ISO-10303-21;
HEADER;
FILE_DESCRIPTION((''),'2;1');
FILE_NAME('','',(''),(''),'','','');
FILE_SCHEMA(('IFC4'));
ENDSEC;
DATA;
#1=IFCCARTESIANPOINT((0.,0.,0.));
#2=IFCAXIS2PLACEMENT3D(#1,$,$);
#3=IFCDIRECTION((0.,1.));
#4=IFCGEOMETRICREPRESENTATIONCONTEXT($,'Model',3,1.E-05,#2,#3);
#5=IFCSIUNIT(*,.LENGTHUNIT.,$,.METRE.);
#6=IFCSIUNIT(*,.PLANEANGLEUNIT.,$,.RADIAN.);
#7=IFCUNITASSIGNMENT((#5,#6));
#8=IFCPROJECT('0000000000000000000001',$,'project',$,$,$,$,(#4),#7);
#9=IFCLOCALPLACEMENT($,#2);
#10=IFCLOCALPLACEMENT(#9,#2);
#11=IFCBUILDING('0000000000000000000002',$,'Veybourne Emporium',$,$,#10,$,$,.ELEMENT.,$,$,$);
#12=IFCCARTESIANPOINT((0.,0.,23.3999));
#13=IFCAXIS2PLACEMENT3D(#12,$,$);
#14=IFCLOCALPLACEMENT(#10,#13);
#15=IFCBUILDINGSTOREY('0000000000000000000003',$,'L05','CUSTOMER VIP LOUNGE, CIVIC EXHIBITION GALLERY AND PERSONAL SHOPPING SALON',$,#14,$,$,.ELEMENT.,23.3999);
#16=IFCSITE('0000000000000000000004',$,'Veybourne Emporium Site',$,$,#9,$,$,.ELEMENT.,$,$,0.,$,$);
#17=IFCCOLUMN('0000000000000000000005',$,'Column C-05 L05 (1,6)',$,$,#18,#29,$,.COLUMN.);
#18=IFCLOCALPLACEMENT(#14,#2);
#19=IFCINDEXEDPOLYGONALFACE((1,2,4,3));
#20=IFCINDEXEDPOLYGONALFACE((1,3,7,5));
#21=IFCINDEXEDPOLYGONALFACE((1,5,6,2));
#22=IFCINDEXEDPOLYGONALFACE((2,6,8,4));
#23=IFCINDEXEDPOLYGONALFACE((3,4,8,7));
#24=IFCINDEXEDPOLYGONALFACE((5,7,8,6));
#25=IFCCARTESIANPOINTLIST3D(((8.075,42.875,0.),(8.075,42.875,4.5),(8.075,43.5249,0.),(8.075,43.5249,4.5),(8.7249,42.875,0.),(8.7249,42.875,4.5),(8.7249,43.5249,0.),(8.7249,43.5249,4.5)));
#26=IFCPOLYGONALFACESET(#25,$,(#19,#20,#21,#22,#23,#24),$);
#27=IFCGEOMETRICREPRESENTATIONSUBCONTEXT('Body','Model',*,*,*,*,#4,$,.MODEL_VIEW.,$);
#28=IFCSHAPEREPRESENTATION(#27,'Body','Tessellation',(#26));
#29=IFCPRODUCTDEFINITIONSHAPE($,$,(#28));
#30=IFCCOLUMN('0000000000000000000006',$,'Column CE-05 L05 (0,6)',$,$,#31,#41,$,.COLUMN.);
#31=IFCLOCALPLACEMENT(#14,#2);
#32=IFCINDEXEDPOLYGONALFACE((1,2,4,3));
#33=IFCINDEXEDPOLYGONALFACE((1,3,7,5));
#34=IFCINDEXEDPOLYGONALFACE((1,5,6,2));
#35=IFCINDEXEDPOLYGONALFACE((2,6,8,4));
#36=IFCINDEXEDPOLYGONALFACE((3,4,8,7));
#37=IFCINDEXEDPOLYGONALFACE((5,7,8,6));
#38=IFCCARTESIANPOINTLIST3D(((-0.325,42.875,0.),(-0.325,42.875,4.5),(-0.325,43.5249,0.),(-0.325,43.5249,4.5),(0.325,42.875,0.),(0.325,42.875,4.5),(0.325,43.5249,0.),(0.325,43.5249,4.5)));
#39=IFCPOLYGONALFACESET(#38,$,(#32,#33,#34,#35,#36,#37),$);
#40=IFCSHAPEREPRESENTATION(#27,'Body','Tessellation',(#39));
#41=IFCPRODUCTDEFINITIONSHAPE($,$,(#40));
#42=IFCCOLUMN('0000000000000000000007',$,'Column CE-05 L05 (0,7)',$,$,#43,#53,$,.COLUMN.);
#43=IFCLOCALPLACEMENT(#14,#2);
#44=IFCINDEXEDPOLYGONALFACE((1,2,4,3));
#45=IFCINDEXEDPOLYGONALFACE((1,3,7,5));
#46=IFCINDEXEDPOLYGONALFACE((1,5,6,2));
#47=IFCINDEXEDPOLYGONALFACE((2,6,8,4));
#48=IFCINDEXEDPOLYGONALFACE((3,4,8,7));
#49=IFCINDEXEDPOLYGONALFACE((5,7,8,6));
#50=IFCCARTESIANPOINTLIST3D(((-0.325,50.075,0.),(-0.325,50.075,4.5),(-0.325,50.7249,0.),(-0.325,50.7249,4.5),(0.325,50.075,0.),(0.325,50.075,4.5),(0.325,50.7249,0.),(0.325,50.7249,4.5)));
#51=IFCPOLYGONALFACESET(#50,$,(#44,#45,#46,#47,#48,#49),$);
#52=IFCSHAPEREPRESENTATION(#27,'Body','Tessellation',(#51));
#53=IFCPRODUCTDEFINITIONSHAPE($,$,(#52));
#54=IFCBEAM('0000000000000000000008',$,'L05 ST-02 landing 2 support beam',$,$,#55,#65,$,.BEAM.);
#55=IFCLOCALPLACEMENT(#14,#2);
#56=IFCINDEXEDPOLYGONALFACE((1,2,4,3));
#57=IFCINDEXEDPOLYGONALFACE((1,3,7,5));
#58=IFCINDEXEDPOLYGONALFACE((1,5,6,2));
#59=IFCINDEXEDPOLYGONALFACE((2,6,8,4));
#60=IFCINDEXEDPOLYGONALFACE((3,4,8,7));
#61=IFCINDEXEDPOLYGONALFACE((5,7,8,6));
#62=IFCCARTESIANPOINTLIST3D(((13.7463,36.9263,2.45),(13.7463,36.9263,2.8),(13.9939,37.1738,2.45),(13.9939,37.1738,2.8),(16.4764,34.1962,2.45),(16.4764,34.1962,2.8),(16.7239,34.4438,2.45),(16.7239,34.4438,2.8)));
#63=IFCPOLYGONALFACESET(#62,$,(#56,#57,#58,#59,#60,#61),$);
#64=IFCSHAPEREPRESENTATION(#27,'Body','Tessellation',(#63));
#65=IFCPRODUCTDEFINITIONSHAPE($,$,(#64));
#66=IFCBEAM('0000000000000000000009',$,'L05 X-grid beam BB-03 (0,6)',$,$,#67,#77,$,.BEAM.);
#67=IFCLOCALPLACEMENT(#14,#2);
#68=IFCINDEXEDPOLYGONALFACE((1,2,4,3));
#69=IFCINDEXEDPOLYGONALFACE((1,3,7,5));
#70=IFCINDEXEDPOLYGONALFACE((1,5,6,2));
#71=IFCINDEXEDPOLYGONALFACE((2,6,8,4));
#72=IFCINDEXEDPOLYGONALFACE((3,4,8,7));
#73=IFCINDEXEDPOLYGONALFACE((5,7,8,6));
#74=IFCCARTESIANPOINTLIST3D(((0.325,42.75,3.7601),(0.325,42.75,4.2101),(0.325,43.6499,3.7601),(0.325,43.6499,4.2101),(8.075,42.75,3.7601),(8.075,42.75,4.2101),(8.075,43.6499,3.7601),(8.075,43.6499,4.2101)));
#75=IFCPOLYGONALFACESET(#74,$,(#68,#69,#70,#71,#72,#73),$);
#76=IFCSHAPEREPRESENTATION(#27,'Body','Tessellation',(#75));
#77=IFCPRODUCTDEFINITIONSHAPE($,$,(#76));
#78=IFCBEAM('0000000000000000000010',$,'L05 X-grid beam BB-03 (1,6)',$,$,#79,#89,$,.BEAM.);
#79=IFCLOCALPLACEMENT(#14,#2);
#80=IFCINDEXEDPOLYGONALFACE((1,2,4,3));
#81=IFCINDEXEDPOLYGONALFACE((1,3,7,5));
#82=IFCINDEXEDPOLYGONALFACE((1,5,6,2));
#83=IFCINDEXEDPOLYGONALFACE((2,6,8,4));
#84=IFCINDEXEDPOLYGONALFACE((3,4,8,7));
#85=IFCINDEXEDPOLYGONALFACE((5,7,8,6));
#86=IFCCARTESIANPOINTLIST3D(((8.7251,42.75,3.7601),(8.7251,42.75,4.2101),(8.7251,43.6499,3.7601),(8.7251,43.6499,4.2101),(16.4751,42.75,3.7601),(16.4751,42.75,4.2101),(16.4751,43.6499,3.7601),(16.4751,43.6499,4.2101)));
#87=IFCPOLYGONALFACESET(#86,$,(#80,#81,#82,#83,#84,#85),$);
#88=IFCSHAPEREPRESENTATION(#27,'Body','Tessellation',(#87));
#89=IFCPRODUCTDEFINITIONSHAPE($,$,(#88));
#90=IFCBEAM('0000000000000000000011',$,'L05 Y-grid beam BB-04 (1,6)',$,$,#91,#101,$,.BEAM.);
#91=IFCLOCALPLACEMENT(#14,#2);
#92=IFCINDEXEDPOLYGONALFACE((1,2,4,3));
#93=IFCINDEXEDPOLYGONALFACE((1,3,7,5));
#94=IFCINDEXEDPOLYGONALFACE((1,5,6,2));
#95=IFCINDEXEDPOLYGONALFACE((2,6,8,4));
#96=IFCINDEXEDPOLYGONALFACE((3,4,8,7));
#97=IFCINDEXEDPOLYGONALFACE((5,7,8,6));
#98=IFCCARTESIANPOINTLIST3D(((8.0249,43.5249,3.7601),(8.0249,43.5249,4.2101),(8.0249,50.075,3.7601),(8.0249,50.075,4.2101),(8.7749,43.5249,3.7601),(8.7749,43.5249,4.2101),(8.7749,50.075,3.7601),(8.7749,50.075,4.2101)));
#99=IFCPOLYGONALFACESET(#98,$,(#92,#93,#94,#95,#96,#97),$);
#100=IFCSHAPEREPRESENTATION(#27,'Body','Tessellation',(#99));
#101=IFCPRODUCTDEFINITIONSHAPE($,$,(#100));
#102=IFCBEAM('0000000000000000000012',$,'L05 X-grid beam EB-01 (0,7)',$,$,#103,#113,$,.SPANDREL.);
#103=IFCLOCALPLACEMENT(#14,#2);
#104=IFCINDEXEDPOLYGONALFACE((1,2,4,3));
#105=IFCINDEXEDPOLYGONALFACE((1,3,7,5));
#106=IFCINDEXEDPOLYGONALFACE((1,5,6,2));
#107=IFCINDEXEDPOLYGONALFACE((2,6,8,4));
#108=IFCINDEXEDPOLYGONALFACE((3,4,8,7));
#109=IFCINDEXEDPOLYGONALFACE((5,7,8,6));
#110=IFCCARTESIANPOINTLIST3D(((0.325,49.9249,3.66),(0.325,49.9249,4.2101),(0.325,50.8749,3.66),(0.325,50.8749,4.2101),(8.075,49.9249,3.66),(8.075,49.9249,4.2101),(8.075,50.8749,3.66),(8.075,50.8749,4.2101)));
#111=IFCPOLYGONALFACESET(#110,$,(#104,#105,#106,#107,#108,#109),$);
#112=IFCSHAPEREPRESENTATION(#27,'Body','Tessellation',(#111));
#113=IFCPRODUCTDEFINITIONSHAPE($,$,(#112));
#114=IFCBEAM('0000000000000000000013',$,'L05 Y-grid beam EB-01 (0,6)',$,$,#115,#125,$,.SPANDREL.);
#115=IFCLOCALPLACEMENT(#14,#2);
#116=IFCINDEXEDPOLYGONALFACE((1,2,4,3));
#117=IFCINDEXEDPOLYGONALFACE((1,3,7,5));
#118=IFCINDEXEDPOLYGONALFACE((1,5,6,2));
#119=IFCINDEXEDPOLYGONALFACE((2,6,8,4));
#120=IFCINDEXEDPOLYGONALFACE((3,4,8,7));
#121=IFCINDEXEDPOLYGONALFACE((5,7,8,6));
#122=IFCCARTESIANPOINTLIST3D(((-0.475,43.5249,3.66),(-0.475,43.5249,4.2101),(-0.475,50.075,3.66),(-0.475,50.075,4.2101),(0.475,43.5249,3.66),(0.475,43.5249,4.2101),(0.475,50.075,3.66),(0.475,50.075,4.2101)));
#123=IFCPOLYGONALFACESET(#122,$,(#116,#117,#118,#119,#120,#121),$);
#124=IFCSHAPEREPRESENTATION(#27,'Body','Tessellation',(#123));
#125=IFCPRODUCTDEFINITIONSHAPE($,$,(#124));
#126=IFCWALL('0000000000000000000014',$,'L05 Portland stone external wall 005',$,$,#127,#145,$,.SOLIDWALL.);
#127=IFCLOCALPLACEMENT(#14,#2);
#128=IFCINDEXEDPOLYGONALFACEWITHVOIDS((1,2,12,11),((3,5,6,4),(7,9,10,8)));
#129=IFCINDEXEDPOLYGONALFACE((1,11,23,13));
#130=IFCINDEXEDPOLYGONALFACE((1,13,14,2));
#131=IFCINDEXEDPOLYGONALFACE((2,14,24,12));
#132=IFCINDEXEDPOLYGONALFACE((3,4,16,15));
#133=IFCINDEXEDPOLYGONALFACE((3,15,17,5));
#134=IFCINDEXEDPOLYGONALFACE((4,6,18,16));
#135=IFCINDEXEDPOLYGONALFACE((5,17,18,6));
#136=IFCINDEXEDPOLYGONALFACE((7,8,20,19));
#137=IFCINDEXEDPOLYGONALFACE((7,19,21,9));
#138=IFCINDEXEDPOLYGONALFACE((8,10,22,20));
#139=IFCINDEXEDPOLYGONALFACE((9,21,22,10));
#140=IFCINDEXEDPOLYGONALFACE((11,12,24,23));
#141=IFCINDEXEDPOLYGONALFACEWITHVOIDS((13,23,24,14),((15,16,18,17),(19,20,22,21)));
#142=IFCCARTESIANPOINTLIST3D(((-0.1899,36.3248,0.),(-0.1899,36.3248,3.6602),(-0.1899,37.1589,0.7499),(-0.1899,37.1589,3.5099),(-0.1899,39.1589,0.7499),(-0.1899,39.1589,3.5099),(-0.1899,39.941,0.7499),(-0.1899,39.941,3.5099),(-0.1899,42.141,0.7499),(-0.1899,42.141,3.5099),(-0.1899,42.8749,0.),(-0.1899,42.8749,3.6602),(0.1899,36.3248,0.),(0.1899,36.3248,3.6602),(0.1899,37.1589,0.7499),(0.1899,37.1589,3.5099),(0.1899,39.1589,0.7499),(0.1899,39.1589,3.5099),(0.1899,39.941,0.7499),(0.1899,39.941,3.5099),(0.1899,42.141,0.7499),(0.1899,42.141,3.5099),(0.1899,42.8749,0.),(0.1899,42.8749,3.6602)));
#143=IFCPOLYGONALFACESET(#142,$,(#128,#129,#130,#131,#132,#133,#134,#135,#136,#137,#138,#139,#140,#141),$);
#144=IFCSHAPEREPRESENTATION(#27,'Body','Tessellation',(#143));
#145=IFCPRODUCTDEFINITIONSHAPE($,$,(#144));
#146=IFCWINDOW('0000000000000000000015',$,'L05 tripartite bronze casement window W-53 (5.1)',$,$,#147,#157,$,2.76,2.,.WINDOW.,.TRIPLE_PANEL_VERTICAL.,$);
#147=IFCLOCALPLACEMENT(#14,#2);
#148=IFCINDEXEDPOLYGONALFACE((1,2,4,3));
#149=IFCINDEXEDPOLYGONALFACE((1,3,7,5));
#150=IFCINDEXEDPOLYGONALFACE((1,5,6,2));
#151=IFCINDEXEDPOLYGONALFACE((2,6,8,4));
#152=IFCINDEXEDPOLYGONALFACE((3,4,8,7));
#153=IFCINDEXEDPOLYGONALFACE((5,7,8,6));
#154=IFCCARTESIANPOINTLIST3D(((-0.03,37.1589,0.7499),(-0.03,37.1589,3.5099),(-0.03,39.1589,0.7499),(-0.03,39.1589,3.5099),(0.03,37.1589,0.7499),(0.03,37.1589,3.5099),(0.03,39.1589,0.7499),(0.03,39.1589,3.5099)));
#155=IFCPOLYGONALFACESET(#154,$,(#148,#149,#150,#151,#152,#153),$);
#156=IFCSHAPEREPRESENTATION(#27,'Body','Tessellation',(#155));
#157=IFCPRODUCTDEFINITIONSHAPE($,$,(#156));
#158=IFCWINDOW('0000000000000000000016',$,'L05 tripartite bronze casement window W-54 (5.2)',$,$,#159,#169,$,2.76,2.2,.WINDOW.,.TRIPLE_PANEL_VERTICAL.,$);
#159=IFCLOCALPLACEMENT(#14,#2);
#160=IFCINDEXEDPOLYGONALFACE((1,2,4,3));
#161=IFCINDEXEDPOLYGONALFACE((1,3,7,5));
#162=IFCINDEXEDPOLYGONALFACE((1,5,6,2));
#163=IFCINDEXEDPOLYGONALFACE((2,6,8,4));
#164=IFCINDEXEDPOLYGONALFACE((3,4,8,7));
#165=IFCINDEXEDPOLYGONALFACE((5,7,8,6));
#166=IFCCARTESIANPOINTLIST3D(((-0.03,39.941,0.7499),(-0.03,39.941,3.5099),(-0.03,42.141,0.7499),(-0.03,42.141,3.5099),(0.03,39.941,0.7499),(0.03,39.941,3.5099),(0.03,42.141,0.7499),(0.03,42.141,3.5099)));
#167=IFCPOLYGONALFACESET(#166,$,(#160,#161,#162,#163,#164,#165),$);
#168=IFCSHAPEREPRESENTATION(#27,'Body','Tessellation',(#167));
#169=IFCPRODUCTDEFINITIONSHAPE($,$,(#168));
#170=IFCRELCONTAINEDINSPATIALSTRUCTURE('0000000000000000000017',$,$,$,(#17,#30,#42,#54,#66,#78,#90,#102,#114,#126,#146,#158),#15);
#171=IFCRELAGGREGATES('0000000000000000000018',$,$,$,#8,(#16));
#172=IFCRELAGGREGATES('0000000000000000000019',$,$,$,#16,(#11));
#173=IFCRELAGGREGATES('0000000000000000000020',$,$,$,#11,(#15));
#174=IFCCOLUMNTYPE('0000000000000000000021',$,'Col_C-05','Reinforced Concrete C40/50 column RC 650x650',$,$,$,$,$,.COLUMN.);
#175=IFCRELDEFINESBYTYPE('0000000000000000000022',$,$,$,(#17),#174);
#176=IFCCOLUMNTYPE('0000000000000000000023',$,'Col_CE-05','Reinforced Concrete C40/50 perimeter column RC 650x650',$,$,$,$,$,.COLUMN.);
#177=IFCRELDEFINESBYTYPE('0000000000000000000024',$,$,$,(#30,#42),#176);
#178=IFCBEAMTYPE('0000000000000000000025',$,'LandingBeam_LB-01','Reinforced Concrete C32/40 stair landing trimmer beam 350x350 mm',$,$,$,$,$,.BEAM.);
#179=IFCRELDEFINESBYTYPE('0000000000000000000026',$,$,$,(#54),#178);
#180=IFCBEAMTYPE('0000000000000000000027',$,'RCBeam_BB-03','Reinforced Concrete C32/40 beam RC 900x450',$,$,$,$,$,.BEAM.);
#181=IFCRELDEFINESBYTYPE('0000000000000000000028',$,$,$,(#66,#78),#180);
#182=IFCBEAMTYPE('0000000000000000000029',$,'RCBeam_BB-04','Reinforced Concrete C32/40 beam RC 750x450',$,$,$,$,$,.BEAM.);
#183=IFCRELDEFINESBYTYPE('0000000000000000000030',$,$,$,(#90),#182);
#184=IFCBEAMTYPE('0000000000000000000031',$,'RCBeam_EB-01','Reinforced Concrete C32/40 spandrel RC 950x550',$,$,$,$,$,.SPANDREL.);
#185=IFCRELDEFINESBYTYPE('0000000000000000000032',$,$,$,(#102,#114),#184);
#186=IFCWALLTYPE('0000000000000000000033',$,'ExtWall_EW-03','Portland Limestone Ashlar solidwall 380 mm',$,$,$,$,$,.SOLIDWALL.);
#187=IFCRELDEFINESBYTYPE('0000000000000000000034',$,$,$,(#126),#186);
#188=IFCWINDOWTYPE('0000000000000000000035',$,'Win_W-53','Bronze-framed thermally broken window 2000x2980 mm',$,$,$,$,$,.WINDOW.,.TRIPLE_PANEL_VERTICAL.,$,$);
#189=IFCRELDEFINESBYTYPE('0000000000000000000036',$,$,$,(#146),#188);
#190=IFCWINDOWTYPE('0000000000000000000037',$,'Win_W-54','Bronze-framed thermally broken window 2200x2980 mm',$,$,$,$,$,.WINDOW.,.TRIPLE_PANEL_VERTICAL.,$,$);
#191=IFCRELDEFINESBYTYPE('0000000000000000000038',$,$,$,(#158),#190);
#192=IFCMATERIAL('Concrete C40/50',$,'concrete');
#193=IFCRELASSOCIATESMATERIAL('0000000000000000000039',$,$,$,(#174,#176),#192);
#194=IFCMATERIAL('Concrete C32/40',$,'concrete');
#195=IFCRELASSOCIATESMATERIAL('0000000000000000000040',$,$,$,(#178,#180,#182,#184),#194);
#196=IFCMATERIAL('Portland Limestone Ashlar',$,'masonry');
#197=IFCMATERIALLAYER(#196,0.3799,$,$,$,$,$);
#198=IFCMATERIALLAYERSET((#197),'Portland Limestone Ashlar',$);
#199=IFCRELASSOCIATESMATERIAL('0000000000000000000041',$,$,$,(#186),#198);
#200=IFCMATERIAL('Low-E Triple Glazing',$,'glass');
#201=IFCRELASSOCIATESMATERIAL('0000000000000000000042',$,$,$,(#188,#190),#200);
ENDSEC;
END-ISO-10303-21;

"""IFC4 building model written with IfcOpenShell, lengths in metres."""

from ifc_helpers import new_model, si_unit, direction, frame, frame_2d, origin, origin_2d, place, context, subcontext, project, spatial, rectangle, extrude, material, layer, layer_set, material_profile, profile_set, type_object, element, fill, save


model = new_model("IFC4")

# Units and contexts
model_context = context("Model", 3, precision=1e-05, world=origin(), true_north=direction((0.0, 1.0)))
body_context = subcontext(model_context, "Body", "Model", "MODEL_VIEW")
ifc_project = project(units=[si_unit("LENGTHUNIT", "METRE"), si_unit("PLANEANGLEUNIT", "RADIAN")], contexts=[model_context])

# Site, building, storey
site_placement = place(None, origin())
site = spatial("IfcSite", under=ifc_project, at=site_placement, Name="Veybourne Emporium Site", CompositionType="ELEMENT", RefElevation=0.0)
building_placement = place(site_placement, origin())
building = spatial("IfcBuilding", under=site, at=building_placement, Name="Veybourne Emporium", CompositionType="ELEMENT")
storey_placement = place(building_placement, frame((0.0, 0.0, 23.3999)))
storey = spatial("IfcBuildingStorey", under=building, at=storey_placement, Name="L05", Description="CUSTOMER VIP LOUNGE, CIVIC EXHIBITION GALLERY AND PERSONAL SHOPPING SALON", CompositionType="ELEMENT", Elevation=23.3999)

# Columns
ifc_material_1 = material(Name="Concrete C40/50", Category="concrete")
ifc_material_profile_1 = material_profile(ifc_material_1, rectangle(XDim=0.6499, YDim=0.6499, at=origin_2d()), Name="RC 650x650")
ifc_profile_set_1 = profile_set([ifc_material_profile_1], Name="Concrete C40/50")
column_type_1 = type_object("IfcColumnType", Name="Col_C-05", Description="Reinforced Concrete C40/50 column RC 650x650", PredefinedType="COLUMN", material=ifc_profile_set_1)
column_placement = place(storey_placement, frame((8.3999, 43.2, 0.0), z_axis=(0.0, 0.0, 1.0), x_axis=(1.0, 0.0, 0.0)))
element("IfcColumn", 1, at=column_placement, inside=storey, type_object=column_type_1, Name="Column C-05 L05 (1,6)", PredefinedType="COLUMN", context=body_context, shape_type="SweptSolid", body=[
    extrude(rectangle(XDim=0.6499, YDim=0.6499, at=origin_2d()), origin(), (0.0, 0.0, 1.0), 4.5),
])
ifc_material_profile_2 = material_profile(ifc_material_1, rectangle(XDim=0.6499, YDim=0.6499, at=origin_2d()), Name="RC 650x650")
ifc_profile_set_2 = profile_set([ifc_material_profile_2], Name="Concrete C40/50")
column_type_2 = type_object("IfcColumnType", Name="Col_CE-05", Description="Reinforced Concrete C40/50 perimeter column RC 650x650", PredefinedType="COLUMN", material=ifc_profile_set_2)
for number, where, z_axis, x_axis, name in (
    (2, (0.0, 43.2, 0.0), (0.0, 0.0, 1.0), (1.0, 0.0, 0.0), "Column CE-05 L05 (0,6)"),
    (3, (0.0, 50.3999, 0.0), (0.0, 0.0, 1.0), (1.0, 0.0, 0.0), "Column CE-05 L05 (0,7)"),
):
    element("IfcColumn", number, at=place(storey_placement, frame(where, z_axis=z_axis, x_axis=x_axis)), inside=storey, type_object=column_type_2, Name=name, PredefinedType="COLUMN", context=body_context, shape_type="SweptSolid", body=[
        extrude(rectangle(XDim=0.6499, YDim=0.6499, at=origin_2d()), origin(), (0.0, 0.0, 1.0), 4.5),
    ])

# Beams
ifc_material_2 = material(Name="Concrete C32/40", Category="concrete")
ifc_material_profile_3 = material_profile(ifc_material_2, rectangle(XDim=0.3501, YDim=0.3501, at=origin_2d()), Name="RC 350x350")
ifc_profile_set_3 = profile_set([ifc_material_profile_3], Name="Concrete C32/40")
beam_type_1 = type_object("IfcBeamType", Name="LandingBeam_LB-01", Description="Reinforced Concrete C32/40 stair landing trimmer beam 350x350 mm", PredefinedType="BEAM", material=ifc_profile_set_3)
beam_1_placement = place(storey_placement, frame((13.8701, 37.05, 2.625), z_axis=(0.707107, -0.707107, 0.0), x_axis=(0.707107, 0.707107, 0.0)))
element("IfcBeam", 4, at=beam_1_placement, inside=storey, type_object=beam_type_1, Name="L05 ST-02 landing 2 support beam", PredefinedType="BEAM", context=body_context, shape_type="SweptSolid", body=[
    extrude(rectangle(XDim=0.3501, YDim=0.3501, at=origin_2d()), origin(), (0.0, 0.0, 1.0), 3.8608),
])
ifc_material_profile_4 = material_profile(ifc_material_2, rectangle(XDim=0.8999, YDim=0.45, at=origin_2d()), Name="RC 900x450")
ifc_profile_set_4 = profile_set([ifc_material_profile_4], Name="Concrete C32/40")
beam_type_2 = type_object("IfcBeamType", Name="RCBeam_BB-03", Description="Reinforced Concrete C32/40 beam RC 900x450", PredefinedType="BEAM", material=ifc_profile_set_4)
for number, where, z_axis, x_axis, name in (
    (5, (0.325, 43.2, 3.9851), (1.0, 0.0, 0.0), (0.0, 1.0, 0.0), "L05 X-grid beam BB-03 (0,6)"),
    (6, (8.7251, 43.2, 3.9851), (1.0, 0.0, 0.0), (0.0, 1.0, 0.0), "L05 X-grid beam BB-03 (1,6)"),
):
    element("IfcBeam", number, at=place(storey_placement, frame(where, z_axis=z_axis, x_axis=x_axis)), inside=storey, type_object=beam_type_2, Name=name, PredefinedType="BEAM", context=body_context, shape_type="SweptSolid", body=[
        extrude(rectangle(XDim=0.8999, YDim=0.45, at=origin_2d()), origin(), (0.0, 0.0, 1.0), 7.75),
    ])
ifc_material_profile_5 = material_profile(ifc_material_2, rectangle(XDim=0.75, YDim=0.45, at=origin_2d()), Name="RC 750x450")
ifc_profile_set_5 = profile_set([ifc_material_profile_5], Name="Concrete C32/40")
beam_type_3 = type_object("IfcBeamType", Name="RCBeam_BB-04", Description="Reinforced Concrete C32/40 beam RC 750x450", PredefinedType="BEAM", material=ifc_profile_set_5)
beam_2_placement = place(storey_placement, frame((8.3999, 43.5249, 3.9851), z_axis=(0.0, 1.0, 0.0), x_axis=(-1.0, 0.0, 0.0)))
element("IfcBeam", 7, at=beam_2_placement, inside=storey, type_object=beam_type_3, Name="L05 Y-grid beam BB-04 (1,6)", PredefinedType="BEAM", context=body_context, shape_type="SweptSolid", body=[
    extrude(rectangle(XDim=0.75, YDim=0.45, at=origin_2d()), origin(), (0.0, 0.0, 1.0), 6.55),
])
ifc_material_profile_6 = material_profile(ifc_material_2, rectangle(XDim=0.95, YDim=0.55, at=origin_2d()), Name="RC 950x550")
ifc_profile_set_6 = profile_set([ifc_material_profile_6], Name="Concrete C32/40")
beam_type_4 = type_object("IfcBeamType", Name="RCBeam_EB-01", Description="Reinforced Concrete C32/40 spandrel RC 950x550", PredefinedType="SPANDREL", material=ifc_profile_set_6)
beam_3_placement = place(storey_placement, frame((0.325, 50.3999, 3.9351), z_axis=(1.0, 0.0, 0.0), x_axis=(0.0, 1.0, 0.0)))
element("IfcBeam", 8, at=beam_3_placement, inside=storey, type_object=beam_type_4, Name="L05 X-grid beam EB-01 (0,7)", PredefinedType="SPANDREL", context=body_context, shape_type="SweptSolid", body=[
    extrude(rectangle(XDim=0.95, YDim=0.55, at=origin_2d()), origin(), (0.0, 0.0, 1.0), 7.75),
])
beam_4_placement = place(storey_placement, frame((0.0, 43.5249, 3.9351), z_axis=(0.0, 1.0, 0.0), x_axis=(-1.0, 0.0, 0.0)))
element("IfcBeam", 9, at=beam_4_placement, inside=storey, type_object=beam_type_4, Name="L05 Y-grid beam EB-01 (0,6)", PredefinedType="SPANDREL", context=body_context, shape_type="SweptSolid", body=[
    extrude(rectangle(XDim=0.95, YDim=0.55, at=origin_2d()), origin(), (0.0, 0.0, 1.0), 6.55),
])

# Wall, openings, windows
ifc_material_3 = material(Name="Portland Limestone Ashlar", Category="masonry")
ifc_layer_1 = layer(ifc_material_3, 0.3799)
ifc_layer_set_1 = layer_set([ifc_layer_1], Name="Portland Limestone Ashlar")
wall_type_1 = type_object("IfcWallType", Name="ExtWall_EW-03", Description="Portland Limestone Ashlar solidwall 380 mm", PredefinedType="SOLIDWALL", material=ifc_layer_set_1)
wall_1_placement = place(storey_placement, frame((0.0, 36.325, 0.0), z_axis=(0.0, 0.0, 1.0), x_axis=(0.0, 1.0, 0.0)))
wall_1 = element("IfcWall", 10, at=wall_1_placement, inside=storey, type_object=wall_type_1, Name="L05 Portland stone external wall 005", PredefinedType="SOLIDWALL", context=body_context, shape_type="SweptSolid", body=[
    extrude(rectangle(XDim=6.55, YDim=0.3799, at=frame_2d((3.2749, 0.0))), origin(), (0.0, 0.0, 1.0), 3.6602),
])
opening_1_placement = place(wall_1_placement, frame((0.834, 0.0, 0.75)))
opening_1 = element("IfcOpeningElement", 11, at=opening_1_placement, cuts=wall_1, PredefinedType="OPENING", context=body_context, shape_type="SweptSolid", body=[
    extrude(rectangle(XDim=2.0, YDim=2.76, at=frame_2d((1.0, 1.3799))), frame((0.0, 0.21, 0.0), z_axis=(0.0, -1.0, 0.0), x_axis=(1.0, 0.0, 0.0)), (0.0, 0.0, 1.0), 0.4199),
])
opening_2_placement = place(wall_1_placement, frame((3.616, 0.0, 0.75)))
opening_2 = element("IfcOpeningElement", 12, at=opening_2_placement, cuts=wall_1, PredefinedType="OPENING", context=body_context, shape_type="SweptSolid", body=[
    extrude(rectangle(XDim=2.2, YDim=2.76, at=frame_2d((1.1001, 1.3799))), frame((0.0, 0.21, 0.0), z_axis=(0.0, -1.0, 0.0), x_axis=(1.0, 0.0, 0.0)), (0.0, 0.0, 1.0), 0.4199),
])
ifc_material_4 = material(Name="Low-E Triple Glazing", Category="glass")
window_type_1 = type_object("IfcWindowType", Name="Win_W-53", Description="Bronze-framed thermally broken window 2000x2980 mm", PartitioningType="TRIPLE_PANEL_VERTICAL", PredefinedType="WINDOW", material=ifc_material_4)
window_1_placement = place(opening_1_placement, origin())
window_1 = element("IfcWindow", 13, at=window_1_placement, inside=storey, type_object=window_type_1, Name="L05 tripartite bronze casement window W-53 (5.1)", OverallHeight=2.76, OverallWidth=2.0, PartitioningType="TRIPLE_PANEL_VERTICAL", PredefinedType="WINDOW", context=body_context, shape_type="SweptSolid", body=[
    extrude(rectangle(XDim=2.0, YDim=2.76, at=frame_2d((1.0, 1.3799))), frame((0.0, 0.03, 0.0), z_axis=(0.0, -1.0, 0.0), x_axis=(1.0, 0.0, 0.0)), (0.0, 0.0, 1.0), 0.0601),
])
fill(opening_1, window_1)
window_type_2 = type_object("IfcWindowType", Name="Win_W-54", Description="Bronze-framed thermally broken window 2200x2980 mm", PartitioningType="TRIPLE_PANEL_VERTICAL", PredefinedType="WINDOW", material=ifc_material_4)
window_2_placement = place(opening_2_placement, origin())
window_2 = element("IfcWindow", 14, at=window_2_placement, inside=storey, type_object=window_type_2, Name="L05 tripartite bronze casement window W-54 (5.2)", OverallHeight=2.76, OverallWidth=2.2, PartitioningType="TRIPLE_PANEL_VERTICAL", PredefinedType="WINDOW", context=body_context, shape_type="SweptSolid", body=[
    extrude(rectangle(XDim=2.2, YDim=2.76, at=frame_2d((1.1001, 1.3799))), frame((0.0, 0.03, 0.0), z_axis=(0.0, -1.0, 0.0), x_axis=(1.0, 0.0, 0.0)), (0.0, 0.0, 1.0), 0.0601),
])
fill(opening_2, window_2)

save(model, "model.ifc")
